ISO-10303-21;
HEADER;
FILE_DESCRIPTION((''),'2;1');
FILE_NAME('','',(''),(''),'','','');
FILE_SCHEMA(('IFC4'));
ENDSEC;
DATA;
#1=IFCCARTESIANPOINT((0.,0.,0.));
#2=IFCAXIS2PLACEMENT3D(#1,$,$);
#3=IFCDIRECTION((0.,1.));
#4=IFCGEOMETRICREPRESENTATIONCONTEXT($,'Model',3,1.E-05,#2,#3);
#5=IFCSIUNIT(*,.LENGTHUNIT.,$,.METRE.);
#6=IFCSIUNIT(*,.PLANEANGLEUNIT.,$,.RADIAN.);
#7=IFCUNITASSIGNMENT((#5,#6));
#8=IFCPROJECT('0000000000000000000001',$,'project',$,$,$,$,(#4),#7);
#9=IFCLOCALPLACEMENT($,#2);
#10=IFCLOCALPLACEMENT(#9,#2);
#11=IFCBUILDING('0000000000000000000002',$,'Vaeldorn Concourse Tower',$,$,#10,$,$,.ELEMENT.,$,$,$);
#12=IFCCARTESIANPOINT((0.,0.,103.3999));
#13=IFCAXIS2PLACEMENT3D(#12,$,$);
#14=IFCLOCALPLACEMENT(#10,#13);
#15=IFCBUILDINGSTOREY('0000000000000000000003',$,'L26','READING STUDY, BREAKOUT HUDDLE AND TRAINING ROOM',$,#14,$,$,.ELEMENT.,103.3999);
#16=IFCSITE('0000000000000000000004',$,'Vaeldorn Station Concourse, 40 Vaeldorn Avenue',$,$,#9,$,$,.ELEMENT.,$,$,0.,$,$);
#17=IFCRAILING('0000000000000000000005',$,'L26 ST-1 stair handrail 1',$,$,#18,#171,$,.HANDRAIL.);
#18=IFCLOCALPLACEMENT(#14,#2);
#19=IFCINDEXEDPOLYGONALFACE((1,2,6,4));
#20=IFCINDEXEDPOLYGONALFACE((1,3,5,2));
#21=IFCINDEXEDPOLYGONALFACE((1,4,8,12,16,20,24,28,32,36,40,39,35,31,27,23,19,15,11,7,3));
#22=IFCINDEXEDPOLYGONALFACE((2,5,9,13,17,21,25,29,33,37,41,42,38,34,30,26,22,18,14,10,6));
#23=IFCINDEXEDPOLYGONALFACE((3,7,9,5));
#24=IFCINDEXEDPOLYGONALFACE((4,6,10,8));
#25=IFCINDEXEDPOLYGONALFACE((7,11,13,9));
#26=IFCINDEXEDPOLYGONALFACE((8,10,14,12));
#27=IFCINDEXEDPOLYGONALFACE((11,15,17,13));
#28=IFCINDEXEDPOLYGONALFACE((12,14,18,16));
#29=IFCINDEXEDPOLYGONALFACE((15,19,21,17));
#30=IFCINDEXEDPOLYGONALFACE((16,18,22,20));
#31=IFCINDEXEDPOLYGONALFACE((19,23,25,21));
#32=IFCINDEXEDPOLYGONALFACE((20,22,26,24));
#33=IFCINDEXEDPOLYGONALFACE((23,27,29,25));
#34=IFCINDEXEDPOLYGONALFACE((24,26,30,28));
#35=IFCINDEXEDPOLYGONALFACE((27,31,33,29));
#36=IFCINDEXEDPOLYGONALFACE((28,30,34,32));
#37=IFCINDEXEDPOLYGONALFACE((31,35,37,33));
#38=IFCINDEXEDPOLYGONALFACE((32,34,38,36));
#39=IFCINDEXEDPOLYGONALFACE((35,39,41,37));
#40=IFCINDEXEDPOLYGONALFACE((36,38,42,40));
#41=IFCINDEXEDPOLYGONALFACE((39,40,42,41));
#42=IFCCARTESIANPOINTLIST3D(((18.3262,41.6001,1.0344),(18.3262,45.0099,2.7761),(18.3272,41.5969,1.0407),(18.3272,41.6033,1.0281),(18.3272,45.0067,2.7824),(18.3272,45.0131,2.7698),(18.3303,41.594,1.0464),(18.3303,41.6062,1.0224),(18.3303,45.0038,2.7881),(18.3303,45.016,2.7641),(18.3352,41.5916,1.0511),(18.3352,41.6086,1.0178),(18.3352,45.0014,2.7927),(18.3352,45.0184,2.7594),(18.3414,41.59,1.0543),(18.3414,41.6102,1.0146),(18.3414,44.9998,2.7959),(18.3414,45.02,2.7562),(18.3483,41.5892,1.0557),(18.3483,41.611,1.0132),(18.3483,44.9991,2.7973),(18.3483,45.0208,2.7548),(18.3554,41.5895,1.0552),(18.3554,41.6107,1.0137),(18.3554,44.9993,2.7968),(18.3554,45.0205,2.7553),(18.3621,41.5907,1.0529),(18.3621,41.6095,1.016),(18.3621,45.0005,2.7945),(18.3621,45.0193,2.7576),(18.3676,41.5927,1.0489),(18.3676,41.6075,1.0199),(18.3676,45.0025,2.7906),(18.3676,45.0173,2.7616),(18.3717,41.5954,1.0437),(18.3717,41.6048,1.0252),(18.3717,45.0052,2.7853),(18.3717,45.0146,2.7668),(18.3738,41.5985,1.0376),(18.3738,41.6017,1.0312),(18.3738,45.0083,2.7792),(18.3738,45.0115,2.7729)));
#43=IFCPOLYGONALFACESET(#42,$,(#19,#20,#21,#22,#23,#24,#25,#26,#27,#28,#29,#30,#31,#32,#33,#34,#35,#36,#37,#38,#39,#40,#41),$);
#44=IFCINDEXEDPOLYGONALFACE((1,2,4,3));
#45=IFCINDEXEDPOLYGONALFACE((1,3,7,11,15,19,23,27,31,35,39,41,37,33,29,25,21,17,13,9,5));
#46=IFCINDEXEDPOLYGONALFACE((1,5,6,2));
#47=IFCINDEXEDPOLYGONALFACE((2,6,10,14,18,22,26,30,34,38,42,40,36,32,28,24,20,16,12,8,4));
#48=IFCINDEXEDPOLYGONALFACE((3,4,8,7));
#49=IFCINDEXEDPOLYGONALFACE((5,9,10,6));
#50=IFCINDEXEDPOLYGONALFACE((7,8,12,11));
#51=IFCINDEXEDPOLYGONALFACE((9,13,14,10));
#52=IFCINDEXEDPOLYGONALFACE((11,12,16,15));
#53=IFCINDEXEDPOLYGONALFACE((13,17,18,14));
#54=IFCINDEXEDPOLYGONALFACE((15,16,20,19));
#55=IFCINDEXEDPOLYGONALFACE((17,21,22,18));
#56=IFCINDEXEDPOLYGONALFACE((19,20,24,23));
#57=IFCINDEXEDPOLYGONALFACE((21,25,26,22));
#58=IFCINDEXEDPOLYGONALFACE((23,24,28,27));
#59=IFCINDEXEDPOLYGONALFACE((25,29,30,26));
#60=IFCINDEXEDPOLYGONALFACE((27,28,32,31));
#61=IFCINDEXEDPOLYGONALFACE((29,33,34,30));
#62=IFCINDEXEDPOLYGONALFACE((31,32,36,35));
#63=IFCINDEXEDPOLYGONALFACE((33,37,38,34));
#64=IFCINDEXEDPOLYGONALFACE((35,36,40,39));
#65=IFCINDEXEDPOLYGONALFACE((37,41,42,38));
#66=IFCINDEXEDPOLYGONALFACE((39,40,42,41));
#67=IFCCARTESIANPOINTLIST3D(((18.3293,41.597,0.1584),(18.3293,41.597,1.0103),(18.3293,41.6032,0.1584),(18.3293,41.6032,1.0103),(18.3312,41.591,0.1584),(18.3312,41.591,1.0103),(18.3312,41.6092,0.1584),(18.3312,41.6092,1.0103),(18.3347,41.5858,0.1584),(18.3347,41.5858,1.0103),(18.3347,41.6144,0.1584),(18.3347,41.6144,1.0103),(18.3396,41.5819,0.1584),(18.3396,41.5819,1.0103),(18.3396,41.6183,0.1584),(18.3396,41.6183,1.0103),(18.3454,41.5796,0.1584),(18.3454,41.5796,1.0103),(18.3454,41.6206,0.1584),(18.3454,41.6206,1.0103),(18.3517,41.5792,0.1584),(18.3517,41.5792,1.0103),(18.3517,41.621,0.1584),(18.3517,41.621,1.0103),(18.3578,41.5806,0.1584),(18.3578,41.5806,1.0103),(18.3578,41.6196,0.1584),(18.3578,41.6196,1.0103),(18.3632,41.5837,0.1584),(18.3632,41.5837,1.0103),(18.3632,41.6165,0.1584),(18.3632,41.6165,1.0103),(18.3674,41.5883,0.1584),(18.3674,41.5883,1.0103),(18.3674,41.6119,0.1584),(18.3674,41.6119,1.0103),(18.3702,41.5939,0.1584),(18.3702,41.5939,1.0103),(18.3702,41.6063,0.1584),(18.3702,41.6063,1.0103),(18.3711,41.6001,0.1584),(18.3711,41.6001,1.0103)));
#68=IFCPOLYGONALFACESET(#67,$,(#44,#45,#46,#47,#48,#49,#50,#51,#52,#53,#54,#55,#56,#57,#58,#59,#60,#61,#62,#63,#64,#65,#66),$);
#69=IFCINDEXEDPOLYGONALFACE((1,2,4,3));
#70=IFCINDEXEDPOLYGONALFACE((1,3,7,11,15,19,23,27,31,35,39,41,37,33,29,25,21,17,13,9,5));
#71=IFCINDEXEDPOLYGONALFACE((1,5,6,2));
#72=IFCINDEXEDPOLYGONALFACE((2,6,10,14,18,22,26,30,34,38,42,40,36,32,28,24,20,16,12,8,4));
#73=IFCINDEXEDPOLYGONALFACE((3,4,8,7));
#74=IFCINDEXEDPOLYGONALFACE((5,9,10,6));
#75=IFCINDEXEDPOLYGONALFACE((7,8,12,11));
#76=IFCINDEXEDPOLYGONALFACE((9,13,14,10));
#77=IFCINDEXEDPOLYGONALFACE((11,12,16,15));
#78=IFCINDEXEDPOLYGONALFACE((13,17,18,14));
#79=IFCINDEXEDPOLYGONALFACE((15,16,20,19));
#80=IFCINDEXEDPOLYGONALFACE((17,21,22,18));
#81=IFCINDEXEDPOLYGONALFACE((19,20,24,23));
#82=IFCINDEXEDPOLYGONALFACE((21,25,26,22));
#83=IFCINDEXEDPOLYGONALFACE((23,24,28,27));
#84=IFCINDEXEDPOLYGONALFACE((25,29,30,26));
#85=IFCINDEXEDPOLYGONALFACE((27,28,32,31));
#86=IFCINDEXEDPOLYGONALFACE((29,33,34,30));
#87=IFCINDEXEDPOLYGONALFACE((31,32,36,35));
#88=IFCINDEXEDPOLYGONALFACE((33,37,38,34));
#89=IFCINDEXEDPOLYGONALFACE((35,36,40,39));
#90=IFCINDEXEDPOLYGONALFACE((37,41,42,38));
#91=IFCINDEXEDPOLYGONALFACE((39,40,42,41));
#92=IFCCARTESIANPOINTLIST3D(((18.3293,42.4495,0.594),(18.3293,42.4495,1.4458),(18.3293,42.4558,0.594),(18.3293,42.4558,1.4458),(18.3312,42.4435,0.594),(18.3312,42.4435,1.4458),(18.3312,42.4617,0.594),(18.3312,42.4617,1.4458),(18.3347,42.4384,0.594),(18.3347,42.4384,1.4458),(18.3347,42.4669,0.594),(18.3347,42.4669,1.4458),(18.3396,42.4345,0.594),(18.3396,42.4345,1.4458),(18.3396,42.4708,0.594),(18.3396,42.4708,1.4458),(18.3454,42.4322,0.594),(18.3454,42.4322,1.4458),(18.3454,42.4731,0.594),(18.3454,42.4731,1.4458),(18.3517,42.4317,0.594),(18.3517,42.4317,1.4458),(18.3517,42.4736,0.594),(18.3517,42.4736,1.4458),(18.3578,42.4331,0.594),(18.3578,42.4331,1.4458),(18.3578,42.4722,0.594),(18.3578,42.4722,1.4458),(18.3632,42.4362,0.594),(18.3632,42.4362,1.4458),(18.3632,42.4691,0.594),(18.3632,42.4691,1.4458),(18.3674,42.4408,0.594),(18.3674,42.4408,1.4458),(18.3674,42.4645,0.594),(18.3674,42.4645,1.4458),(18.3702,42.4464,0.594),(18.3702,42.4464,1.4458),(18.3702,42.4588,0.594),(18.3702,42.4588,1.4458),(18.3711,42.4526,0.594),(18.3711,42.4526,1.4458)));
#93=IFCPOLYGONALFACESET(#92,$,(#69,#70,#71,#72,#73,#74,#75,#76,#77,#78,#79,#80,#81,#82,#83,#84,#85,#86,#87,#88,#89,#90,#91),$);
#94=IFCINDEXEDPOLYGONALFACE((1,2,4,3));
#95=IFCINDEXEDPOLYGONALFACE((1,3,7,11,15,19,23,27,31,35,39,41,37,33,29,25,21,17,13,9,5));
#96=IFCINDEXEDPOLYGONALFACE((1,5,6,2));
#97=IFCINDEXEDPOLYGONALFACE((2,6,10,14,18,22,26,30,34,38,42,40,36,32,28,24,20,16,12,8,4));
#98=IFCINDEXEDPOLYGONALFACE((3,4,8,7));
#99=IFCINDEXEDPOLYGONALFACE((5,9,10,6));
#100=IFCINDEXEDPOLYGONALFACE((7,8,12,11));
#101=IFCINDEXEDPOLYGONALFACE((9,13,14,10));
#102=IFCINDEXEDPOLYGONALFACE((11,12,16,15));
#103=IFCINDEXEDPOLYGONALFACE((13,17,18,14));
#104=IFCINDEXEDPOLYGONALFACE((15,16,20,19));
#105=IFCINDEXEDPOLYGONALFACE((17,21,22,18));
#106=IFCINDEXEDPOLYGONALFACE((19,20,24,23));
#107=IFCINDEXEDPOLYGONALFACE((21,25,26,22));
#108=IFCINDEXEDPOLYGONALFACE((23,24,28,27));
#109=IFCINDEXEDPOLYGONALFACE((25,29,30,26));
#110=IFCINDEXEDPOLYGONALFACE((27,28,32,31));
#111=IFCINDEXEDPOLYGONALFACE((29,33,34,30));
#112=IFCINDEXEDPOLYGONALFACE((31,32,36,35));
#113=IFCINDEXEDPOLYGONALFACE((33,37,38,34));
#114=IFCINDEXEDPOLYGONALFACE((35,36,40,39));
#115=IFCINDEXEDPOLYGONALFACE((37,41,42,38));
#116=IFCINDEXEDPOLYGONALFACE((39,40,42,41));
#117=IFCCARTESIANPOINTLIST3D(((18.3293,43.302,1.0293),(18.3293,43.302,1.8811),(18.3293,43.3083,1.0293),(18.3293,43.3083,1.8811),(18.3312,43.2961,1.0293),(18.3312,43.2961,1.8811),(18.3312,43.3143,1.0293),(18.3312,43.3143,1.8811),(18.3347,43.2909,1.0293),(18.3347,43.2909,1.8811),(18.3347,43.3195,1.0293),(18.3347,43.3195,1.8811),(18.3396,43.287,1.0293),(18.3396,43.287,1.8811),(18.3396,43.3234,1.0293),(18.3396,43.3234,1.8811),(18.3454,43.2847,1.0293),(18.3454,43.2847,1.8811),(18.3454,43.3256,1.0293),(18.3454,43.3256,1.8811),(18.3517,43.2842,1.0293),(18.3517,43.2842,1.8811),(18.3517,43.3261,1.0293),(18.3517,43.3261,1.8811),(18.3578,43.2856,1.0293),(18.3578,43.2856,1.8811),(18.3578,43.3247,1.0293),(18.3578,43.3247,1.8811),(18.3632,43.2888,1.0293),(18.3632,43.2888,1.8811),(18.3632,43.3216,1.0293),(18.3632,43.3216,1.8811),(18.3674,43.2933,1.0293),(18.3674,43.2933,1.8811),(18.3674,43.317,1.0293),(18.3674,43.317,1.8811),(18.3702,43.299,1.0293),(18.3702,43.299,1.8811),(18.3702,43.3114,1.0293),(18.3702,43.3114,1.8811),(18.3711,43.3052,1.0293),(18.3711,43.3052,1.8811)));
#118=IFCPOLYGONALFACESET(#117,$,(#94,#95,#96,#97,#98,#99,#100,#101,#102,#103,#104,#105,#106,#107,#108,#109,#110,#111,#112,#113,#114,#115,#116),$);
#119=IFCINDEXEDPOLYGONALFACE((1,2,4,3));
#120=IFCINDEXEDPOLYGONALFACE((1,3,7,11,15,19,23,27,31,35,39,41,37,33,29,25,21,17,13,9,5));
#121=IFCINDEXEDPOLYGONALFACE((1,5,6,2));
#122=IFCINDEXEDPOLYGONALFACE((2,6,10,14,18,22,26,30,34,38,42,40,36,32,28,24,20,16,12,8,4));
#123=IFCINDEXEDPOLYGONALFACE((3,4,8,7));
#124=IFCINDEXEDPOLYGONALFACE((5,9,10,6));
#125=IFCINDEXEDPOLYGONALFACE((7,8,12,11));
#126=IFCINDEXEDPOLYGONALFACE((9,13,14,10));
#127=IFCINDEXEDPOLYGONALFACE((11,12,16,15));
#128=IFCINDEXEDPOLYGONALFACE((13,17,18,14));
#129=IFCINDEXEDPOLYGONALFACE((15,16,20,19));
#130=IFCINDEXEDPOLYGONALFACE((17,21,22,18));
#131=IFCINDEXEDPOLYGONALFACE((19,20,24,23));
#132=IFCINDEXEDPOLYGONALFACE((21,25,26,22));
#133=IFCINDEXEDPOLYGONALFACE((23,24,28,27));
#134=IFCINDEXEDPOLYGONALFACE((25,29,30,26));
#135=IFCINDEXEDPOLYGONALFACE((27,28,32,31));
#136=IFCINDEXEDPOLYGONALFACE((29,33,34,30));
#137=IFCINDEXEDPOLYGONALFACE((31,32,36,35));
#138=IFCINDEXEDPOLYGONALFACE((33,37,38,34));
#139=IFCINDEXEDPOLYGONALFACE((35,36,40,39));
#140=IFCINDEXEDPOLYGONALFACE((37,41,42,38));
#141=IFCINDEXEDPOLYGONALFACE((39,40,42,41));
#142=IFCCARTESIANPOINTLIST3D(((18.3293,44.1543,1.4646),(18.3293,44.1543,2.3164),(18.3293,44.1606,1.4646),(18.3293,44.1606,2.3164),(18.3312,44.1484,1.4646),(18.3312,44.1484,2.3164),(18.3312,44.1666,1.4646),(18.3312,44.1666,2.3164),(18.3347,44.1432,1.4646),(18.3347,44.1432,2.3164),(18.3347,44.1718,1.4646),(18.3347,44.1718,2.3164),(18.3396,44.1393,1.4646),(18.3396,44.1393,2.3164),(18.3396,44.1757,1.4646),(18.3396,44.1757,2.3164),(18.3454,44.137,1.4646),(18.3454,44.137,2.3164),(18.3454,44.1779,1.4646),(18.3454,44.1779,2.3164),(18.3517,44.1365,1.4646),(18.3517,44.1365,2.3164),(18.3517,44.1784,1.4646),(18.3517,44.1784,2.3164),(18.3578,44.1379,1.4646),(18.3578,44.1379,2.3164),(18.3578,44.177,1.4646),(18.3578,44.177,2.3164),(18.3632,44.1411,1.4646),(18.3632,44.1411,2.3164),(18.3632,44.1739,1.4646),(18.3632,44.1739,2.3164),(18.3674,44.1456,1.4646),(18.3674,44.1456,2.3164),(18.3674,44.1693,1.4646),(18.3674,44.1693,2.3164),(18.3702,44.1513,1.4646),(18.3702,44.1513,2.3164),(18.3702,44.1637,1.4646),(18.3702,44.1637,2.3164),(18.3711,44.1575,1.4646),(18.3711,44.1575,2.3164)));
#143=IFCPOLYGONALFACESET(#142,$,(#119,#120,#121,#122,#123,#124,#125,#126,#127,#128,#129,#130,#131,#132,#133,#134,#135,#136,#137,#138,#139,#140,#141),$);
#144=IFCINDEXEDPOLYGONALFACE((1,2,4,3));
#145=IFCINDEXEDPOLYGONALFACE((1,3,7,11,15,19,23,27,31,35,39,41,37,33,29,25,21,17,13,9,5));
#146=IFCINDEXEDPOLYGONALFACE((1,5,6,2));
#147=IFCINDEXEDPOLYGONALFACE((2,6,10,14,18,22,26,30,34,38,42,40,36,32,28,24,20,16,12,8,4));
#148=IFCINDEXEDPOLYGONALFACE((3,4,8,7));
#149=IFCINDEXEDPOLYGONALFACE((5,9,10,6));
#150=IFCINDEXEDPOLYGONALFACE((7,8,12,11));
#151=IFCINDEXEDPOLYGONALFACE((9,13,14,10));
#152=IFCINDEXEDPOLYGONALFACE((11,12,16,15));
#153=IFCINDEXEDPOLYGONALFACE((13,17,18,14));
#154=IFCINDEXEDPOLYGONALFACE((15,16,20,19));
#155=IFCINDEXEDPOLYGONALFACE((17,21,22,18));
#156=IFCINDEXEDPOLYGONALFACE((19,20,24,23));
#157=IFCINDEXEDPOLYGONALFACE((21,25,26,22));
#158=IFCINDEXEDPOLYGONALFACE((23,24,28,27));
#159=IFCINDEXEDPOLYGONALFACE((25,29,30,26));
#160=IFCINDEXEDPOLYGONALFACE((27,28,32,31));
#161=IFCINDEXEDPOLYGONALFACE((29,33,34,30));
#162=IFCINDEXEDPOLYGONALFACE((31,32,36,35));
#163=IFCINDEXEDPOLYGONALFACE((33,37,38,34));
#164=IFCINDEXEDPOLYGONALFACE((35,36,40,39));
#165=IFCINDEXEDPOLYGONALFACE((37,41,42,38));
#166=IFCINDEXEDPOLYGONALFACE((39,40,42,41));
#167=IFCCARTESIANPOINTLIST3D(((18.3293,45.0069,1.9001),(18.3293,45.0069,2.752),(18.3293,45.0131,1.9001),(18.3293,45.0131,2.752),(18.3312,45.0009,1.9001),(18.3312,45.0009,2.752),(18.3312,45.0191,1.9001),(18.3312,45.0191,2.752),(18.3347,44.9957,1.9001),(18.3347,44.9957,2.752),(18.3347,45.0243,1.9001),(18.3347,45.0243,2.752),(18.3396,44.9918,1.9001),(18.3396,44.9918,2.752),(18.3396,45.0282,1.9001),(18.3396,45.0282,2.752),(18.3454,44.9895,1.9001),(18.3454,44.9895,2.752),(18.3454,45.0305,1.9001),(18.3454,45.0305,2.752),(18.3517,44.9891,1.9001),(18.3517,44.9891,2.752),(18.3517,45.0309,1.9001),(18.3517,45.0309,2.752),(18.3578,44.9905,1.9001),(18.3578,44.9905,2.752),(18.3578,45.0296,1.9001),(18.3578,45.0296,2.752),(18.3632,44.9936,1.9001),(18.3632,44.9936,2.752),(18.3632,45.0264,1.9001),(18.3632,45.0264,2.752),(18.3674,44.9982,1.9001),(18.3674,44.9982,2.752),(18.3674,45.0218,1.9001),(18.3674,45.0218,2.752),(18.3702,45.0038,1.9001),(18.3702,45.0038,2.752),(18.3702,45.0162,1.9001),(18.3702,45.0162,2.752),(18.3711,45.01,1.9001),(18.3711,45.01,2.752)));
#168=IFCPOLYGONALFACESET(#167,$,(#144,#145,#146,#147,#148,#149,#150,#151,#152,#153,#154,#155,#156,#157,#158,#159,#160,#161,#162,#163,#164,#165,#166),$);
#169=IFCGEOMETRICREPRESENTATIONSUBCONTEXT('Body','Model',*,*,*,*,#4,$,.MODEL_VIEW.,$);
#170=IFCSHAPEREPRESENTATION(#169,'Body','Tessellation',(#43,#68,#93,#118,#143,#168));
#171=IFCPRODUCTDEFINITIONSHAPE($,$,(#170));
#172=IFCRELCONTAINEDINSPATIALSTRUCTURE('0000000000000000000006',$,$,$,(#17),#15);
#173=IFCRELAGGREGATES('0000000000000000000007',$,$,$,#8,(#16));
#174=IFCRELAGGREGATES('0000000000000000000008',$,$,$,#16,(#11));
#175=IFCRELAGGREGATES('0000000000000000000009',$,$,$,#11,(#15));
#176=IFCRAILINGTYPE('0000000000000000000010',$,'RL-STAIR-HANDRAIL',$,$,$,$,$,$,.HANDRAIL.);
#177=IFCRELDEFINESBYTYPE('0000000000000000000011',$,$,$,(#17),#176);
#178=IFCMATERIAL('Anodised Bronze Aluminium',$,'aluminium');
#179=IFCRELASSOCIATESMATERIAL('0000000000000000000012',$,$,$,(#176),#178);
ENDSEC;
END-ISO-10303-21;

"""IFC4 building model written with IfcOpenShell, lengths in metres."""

from ifc_helpers import new_model, si_unit, direction, frame, origin, origin_2d, place, context, subcontext, project, spatial, circle, extrude, material, type_object, element, save


model = new_model("IFC4")

# Units and contexts
model_context = context("Model", 3, precision=1e-05, world=origin(), true_north=direction((0.0, 1.0)))
body_context = subcontext(model_context, "Body", "Model", "MODEL_VIEW")
ifc_project = project(units=[si_unit("LENGTHUNIT", "METRE"), si_unit("PLANEANGLEUNIT", "RADIAN")], contexts=[model_context])

# Site, building, storey
site_placement = place(None, origin())
site = spatial("IfcSite", under=ifc_project, at=site_placement, Name="Vaeldorn Station Concourse, 40 Vaeldorn Avenue", CompositionType="ELEMENT", RefElevation=0.0)
building_placement = place(site_placement, origin())
building = spatial("IfcBuilding", under=site, at=building_placement, Name="Vaeldorn Concourse Tower", CompositionType="ELEMENT")
storey_placement = place(building_placement, frame((0.0, 0.0, 103.3999)))
storey = spatial("IfcBuildingStorey", under=building, at=storey_placement, Name="L26", Description="READING STUDY, BREAKOUT HUDDLE AND TRAINING ROOM", CompositionType="ELEMENT", Elevation=103.3999)

# Shared definitions
ifc_material_1 = material(Name="Anodised Bronze Aluminium", Category="aluminium")

# Railing
railing_type_1 = type_object("IfcRailingType", Name="RL-STAIR-HANDRAIL", PredefinedType="HANDRAIL", material=ifc_material_1)
railing_1_placement = place(storey_placement, frame((18.3501, 41.6001, 0.1584)))
element("IfcRailing", 1, at=railing_1_placement, inside=storey, type_object=railing_type_1, Name="L26 ST-1 stair handrail 1", PredefinedType="HANDRAIL", context=body_context, shape_type="SweptSolid", body=[
    extrude(circle(Radius=0.0239, at=origin_2d()), frame((0.0, 0.0, 0.876), z_axis=(0.0, 0.890556, 0.454874), x_axis=(-1.0, 0.0, 0.0)), (0.0, 0.0, 1.0), 3.8289),
    extrude(circle(Radius=0.021, at=origin_2d()), origin(), (0.0, 0.0, 1.0), 0.8518),
    extrude(circle(Radius=0.021, at=origin_2d()), frame((0.0, 0.8525, 0.4355)), (0.0, 0.0, 1.0), 0.8518),
    extrude(circle(Radius=0.021, at=origin_2d()), frame((0.0, 1.7051, 0.8708)), (0.0, 0.0, 1.0), 0.8518),
    extrude(circle(Radius=0.021, at=origin_2d()), frame((0.0, 2.5574, 1.3062)), (0.0, 0.0, 1.0), 0.8518),
    extrude(circle(Radius=0.021, at=origin_2d()), frame((0.0, 3.4099, 1.7417)), (0.0, 0.0, 1.0), 0.8518),
])

save(model, "model.ifc")
